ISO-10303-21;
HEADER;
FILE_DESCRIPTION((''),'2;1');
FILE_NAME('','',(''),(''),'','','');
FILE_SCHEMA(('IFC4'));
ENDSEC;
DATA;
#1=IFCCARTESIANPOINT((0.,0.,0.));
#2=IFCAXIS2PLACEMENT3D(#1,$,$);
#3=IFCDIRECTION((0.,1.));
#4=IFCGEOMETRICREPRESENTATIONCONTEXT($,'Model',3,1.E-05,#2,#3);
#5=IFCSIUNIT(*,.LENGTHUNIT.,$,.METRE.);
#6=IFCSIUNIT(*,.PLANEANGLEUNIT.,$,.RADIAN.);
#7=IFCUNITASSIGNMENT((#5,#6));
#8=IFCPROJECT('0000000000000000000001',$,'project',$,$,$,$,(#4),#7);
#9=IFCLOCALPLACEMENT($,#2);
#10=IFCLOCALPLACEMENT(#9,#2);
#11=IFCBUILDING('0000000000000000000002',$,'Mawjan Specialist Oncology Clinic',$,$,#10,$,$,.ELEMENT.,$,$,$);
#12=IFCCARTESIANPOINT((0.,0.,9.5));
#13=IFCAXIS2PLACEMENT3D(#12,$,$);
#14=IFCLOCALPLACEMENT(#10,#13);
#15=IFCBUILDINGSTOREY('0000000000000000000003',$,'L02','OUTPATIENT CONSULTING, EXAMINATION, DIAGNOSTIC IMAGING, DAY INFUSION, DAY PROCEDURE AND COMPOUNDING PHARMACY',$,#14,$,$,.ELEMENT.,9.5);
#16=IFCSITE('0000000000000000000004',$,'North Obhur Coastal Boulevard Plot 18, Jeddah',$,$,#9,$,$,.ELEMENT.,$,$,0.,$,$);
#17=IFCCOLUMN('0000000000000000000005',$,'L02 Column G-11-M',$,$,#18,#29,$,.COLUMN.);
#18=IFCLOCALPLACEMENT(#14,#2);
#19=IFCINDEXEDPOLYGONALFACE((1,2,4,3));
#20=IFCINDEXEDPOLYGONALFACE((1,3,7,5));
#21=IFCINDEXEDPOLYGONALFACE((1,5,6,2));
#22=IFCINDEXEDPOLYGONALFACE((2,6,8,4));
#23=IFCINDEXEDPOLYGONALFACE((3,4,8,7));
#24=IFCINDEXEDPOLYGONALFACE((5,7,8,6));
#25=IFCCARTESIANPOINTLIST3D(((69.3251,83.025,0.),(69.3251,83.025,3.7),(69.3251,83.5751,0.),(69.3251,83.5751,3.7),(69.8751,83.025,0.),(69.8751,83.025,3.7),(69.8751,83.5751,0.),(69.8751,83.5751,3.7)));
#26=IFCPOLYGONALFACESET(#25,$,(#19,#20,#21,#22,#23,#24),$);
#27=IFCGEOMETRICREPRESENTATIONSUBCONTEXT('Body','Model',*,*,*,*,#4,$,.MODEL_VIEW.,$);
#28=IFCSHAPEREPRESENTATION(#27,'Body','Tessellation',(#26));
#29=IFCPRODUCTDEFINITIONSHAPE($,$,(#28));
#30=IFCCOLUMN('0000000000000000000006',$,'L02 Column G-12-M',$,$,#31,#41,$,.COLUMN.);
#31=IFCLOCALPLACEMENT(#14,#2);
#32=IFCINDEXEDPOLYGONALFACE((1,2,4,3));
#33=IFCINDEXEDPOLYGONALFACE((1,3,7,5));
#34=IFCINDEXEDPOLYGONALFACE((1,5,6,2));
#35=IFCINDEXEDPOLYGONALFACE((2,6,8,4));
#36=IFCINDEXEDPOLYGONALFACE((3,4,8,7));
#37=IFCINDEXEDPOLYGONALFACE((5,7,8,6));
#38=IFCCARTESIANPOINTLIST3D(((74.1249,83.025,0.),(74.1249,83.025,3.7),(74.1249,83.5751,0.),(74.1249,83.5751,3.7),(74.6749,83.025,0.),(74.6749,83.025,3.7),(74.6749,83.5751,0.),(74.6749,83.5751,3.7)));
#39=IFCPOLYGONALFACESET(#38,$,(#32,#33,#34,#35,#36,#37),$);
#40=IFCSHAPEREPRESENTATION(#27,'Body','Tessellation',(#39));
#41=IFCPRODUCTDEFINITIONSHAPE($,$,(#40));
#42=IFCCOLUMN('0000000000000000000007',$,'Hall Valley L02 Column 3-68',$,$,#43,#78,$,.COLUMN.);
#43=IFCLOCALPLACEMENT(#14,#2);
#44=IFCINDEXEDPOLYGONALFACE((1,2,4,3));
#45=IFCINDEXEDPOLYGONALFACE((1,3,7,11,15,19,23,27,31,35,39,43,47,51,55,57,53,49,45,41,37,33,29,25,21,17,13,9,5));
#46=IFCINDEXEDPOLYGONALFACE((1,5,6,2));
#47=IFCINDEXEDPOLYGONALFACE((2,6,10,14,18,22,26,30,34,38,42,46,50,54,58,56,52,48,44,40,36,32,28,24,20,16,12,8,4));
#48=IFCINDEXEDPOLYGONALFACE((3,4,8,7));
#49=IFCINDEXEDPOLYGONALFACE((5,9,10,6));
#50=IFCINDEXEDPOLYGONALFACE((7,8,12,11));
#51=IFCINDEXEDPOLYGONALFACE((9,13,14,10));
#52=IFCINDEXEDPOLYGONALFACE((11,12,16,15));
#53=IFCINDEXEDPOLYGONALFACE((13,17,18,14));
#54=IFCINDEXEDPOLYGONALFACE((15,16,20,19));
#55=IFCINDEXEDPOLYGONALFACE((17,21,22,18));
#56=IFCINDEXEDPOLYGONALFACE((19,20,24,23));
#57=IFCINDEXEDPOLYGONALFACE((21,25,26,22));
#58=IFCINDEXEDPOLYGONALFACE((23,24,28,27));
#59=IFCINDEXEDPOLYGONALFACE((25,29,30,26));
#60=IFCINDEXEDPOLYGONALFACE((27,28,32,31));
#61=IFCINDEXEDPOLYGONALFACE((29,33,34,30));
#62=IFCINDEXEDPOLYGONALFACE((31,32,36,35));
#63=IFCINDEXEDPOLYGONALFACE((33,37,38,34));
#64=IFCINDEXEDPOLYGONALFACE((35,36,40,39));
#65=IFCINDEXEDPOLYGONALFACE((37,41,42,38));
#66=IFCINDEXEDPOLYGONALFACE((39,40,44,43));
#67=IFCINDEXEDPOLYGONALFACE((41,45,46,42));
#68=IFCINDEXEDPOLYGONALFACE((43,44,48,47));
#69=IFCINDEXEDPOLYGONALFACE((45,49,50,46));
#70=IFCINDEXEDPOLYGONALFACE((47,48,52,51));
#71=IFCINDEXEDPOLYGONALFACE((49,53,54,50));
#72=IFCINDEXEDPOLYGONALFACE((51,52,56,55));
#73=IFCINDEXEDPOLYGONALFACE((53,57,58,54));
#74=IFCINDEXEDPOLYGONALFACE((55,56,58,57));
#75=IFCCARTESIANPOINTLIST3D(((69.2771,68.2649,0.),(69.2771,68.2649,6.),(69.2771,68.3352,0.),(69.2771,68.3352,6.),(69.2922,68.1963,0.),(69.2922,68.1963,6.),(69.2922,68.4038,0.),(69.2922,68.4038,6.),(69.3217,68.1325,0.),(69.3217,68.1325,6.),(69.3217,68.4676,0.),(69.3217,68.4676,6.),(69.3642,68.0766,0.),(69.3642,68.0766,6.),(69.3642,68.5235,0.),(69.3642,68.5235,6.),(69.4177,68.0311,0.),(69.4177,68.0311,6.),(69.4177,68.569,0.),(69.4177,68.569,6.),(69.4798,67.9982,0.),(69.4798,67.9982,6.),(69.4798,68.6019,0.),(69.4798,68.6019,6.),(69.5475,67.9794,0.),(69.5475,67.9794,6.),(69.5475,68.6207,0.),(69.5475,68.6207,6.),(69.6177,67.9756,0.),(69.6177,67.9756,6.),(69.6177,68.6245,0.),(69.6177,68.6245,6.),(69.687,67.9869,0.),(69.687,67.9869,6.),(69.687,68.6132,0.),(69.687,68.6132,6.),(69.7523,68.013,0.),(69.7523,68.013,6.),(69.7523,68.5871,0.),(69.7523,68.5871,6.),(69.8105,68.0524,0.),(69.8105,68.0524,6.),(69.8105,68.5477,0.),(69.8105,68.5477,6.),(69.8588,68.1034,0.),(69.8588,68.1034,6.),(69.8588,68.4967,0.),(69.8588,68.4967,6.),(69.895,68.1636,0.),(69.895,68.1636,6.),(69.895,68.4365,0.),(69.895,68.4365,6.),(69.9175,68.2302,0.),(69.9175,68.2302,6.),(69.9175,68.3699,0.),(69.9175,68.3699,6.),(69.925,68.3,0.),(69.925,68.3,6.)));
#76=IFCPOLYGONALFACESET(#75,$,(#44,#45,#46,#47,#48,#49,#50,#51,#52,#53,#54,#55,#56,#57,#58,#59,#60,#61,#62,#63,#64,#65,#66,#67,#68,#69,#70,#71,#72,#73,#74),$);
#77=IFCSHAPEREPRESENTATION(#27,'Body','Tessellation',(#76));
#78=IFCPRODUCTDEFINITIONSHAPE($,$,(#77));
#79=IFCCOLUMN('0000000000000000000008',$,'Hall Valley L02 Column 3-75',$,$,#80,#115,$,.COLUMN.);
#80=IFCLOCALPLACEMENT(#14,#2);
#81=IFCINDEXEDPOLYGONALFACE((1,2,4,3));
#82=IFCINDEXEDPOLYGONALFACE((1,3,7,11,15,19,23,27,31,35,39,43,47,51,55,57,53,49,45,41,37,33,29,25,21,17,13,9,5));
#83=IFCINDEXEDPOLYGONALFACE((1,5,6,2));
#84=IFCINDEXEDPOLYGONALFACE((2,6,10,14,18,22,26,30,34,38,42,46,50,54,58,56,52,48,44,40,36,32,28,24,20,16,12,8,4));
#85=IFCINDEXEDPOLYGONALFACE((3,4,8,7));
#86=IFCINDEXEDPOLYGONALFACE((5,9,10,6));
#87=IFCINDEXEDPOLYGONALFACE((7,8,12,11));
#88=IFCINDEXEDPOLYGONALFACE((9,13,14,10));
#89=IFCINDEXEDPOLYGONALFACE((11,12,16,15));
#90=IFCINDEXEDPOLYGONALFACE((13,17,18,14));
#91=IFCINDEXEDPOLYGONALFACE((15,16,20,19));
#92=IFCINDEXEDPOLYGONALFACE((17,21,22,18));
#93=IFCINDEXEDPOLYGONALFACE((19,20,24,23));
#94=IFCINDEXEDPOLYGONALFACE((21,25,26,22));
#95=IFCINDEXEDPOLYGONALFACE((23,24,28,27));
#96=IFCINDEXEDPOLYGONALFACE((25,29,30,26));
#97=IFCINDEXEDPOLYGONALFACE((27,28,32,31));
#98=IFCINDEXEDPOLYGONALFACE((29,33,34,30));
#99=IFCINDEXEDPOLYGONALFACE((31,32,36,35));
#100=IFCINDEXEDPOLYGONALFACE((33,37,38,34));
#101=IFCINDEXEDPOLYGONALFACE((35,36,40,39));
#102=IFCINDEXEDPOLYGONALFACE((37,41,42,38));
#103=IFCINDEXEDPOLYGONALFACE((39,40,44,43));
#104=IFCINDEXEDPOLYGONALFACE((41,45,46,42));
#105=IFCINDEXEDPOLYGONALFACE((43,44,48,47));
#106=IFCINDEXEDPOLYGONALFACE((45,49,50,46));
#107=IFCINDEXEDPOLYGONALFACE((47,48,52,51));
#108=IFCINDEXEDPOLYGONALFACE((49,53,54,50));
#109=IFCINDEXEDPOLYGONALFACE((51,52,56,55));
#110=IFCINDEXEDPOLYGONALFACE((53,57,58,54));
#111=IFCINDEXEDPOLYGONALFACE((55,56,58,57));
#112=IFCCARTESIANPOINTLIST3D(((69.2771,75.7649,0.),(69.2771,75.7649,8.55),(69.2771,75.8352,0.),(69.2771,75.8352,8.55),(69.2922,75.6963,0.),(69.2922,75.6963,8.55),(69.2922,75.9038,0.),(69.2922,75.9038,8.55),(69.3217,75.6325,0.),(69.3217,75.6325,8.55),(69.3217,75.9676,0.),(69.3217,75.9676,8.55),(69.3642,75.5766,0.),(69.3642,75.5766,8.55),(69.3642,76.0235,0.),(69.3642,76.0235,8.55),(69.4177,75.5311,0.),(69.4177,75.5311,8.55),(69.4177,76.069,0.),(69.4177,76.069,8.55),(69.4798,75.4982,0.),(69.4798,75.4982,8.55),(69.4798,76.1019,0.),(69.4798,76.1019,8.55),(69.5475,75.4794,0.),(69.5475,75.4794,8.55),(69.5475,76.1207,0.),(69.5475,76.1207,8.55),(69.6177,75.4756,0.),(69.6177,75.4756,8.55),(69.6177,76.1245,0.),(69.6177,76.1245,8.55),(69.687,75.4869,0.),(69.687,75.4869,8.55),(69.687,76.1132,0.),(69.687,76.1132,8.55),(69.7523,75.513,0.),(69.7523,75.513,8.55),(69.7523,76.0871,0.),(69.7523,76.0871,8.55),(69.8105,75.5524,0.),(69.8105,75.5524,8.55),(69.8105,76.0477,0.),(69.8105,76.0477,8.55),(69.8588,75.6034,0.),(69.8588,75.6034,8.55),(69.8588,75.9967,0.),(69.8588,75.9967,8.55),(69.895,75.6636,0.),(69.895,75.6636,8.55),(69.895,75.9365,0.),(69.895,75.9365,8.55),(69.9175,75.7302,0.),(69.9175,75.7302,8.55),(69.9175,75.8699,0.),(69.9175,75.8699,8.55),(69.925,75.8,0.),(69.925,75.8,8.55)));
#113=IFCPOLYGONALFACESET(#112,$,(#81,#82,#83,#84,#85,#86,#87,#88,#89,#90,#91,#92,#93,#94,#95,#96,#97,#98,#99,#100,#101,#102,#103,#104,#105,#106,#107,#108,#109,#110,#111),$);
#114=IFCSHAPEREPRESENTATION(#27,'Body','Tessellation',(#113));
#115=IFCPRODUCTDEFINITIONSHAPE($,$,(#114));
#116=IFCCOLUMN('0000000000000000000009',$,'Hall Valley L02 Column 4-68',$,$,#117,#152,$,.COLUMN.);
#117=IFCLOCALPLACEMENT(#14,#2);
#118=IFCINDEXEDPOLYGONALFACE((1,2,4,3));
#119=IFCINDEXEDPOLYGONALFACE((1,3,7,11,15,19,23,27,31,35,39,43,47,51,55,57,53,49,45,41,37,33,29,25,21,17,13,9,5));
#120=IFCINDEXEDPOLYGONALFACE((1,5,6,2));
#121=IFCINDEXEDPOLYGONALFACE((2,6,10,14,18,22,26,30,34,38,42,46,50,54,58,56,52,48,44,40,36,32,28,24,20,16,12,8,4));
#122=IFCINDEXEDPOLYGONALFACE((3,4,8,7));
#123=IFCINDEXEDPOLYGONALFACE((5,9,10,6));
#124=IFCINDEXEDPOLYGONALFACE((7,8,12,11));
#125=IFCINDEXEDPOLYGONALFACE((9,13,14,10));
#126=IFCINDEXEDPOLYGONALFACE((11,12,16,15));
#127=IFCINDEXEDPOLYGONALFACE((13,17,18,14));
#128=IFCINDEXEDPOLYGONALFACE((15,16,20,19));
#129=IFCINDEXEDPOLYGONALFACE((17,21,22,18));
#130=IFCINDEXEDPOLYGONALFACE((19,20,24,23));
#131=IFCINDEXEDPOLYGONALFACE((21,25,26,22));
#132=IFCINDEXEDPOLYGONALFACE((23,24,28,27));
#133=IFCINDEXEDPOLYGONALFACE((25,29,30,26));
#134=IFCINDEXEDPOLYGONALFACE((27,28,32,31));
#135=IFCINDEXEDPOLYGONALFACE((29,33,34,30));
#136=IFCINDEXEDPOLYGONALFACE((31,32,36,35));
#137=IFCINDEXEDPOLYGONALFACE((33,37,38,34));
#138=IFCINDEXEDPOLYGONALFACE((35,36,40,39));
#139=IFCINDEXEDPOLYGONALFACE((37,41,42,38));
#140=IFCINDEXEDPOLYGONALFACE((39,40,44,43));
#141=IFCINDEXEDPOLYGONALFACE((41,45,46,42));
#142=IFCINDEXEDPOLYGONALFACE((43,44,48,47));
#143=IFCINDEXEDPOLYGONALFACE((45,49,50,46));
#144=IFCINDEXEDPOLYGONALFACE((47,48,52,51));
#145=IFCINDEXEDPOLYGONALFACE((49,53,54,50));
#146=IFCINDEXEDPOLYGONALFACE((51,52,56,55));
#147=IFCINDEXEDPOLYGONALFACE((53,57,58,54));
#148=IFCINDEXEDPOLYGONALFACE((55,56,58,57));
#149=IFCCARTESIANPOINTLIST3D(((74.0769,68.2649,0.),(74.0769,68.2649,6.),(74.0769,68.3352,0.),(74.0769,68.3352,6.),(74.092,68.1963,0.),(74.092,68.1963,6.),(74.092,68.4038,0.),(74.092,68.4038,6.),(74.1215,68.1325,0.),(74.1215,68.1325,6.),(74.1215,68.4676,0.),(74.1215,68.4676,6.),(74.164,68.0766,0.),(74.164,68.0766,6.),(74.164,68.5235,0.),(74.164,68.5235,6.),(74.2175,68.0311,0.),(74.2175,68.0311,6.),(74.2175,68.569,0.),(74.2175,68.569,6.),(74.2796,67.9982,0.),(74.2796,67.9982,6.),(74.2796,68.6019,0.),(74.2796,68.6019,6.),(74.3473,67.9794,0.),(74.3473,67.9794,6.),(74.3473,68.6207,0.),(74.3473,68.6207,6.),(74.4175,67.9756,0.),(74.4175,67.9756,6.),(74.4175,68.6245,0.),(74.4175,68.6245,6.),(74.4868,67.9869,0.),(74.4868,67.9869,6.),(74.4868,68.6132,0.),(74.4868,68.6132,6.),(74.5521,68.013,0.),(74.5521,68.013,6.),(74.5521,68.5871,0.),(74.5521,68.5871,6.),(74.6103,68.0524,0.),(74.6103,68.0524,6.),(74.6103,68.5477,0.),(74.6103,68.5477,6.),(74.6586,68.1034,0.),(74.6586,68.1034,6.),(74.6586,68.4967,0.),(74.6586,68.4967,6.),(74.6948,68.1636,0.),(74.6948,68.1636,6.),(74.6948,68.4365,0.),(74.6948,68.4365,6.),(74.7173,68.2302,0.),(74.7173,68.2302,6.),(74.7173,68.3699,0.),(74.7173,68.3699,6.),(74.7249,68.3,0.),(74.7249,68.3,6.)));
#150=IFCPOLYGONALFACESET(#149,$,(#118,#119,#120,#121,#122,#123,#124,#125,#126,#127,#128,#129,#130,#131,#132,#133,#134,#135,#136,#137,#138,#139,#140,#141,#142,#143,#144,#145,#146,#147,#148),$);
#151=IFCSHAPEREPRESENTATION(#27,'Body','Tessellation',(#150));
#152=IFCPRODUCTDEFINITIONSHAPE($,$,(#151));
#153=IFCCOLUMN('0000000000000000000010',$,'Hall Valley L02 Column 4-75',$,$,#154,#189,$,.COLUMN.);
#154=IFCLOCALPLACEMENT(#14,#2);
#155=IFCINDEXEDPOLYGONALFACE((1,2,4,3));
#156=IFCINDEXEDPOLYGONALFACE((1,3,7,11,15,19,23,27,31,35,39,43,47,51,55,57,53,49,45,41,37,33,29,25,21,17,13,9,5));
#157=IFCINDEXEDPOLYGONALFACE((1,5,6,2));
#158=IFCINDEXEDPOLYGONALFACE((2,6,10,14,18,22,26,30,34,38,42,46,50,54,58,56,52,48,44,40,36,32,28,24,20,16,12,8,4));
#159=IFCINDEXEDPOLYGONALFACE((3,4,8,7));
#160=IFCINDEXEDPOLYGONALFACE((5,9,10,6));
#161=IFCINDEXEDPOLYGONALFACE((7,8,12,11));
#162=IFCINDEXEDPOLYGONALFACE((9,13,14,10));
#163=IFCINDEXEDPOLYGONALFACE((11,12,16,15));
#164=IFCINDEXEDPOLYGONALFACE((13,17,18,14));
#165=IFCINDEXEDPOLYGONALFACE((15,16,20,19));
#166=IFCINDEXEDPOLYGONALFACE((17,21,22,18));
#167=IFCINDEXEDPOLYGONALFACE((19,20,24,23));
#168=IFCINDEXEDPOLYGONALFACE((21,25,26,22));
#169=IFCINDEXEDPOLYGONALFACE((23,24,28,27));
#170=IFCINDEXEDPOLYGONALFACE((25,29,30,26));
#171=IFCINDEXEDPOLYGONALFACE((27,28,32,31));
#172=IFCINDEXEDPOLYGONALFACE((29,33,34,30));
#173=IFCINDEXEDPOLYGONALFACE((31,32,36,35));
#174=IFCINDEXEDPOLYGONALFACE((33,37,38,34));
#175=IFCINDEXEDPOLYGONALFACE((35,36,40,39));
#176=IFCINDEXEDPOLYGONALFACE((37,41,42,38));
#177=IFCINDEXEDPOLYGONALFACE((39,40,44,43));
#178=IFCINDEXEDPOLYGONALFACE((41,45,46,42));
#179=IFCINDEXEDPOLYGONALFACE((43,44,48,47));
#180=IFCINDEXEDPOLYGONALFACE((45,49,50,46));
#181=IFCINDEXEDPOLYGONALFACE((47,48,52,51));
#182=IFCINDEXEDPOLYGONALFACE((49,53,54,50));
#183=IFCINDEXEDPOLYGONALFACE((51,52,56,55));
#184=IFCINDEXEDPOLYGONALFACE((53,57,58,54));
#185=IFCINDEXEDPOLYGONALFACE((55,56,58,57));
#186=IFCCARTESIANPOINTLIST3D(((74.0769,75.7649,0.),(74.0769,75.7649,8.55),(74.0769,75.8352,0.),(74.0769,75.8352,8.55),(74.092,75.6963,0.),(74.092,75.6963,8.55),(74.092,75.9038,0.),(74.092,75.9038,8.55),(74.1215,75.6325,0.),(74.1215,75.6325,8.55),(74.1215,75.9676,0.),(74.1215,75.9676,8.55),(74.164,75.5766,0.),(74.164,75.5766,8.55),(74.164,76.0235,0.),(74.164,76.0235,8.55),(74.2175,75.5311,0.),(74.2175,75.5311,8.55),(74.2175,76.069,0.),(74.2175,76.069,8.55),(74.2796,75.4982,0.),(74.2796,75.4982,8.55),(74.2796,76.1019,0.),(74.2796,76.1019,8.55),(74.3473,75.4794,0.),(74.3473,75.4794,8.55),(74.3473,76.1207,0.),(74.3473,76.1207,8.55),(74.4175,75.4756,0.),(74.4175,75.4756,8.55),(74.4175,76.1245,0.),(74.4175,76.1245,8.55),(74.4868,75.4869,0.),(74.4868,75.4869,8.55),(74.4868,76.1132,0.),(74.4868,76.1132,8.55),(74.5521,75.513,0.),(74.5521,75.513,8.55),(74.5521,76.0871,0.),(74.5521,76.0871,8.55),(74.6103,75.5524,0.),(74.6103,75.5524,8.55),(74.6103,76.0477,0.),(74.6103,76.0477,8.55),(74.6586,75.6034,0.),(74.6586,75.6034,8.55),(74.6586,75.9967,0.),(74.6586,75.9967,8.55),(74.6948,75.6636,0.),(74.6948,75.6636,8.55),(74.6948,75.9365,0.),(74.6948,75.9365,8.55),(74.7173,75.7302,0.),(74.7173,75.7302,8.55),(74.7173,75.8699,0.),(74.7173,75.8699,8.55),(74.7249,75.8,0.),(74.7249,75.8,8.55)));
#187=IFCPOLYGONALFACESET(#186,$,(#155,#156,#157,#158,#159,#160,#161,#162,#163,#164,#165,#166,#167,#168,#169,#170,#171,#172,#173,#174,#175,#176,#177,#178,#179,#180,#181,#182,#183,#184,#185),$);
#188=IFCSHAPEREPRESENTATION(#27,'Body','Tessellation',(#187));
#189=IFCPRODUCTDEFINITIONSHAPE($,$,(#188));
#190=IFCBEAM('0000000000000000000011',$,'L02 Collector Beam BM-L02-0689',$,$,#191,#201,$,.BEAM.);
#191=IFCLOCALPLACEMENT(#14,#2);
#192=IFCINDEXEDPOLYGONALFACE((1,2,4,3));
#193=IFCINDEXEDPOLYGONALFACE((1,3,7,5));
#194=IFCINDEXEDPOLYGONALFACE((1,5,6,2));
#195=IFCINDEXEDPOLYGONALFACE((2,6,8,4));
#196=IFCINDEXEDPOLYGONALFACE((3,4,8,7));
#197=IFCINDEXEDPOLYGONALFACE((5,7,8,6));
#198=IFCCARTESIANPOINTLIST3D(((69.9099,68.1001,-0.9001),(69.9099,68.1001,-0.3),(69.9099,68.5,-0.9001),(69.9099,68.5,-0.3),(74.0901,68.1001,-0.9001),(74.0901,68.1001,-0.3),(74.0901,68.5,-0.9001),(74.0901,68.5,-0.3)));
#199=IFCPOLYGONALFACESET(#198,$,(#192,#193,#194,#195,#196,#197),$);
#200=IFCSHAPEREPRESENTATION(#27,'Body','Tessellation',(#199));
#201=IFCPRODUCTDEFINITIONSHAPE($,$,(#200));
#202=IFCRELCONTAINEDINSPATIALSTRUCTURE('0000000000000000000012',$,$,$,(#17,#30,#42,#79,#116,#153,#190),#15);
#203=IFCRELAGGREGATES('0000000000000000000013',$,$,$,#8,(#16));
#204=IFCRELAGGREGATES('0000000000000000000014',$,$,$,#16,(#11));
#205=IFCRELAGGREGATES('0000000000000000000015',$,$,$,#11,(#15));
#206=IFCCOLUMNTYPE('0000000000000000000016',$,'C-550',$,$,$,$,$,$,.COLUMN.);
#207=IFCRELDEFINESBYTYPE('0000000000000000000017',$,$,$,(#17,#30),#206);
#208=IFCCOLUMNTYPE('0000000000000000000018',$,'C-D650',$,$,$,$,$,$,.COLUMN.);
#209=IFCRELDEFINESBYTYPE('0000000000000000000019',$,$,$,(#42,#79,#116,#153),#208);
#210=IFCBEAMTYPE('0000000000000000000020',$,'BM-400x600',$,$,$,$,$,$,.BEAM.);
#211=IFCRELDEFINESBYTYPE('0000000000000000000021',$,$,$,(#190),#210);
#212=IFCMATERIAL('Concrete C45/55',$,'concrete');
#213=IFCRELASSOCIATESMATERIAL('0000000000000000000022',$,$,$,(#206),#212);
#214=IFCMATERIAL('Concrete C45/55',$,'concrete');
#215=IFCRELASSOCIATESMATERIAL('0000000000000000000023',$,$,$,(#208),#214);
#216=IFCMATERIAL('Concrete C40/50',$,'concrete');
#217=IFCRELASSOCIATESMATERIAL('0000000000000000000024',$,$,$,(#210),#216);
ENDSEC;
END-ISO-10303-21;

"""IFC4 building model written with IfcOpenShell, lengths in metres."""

from ifc_helpers import new_model, si_unit, direction, frame, origin, origin_2d, place, context, subcontext, project, spatial, rectangle, circle, extrude, material, material_profile, profile_set, type_object, element, save


model = new_model("IFC4")

# Units and contexts
model_context = context("Model", 3, precision=1e-05, world=origin(), true_north=direction((0.0, 1.0)))
body_context = subcontext(model_context, "Body", "Model", "MODEL_VIEW")
ifc_project = project(units=[si_unit("LENGTHUNIT", "METRE"), si_unit("PLANEANGLEUNIT", "RADIAN")], contexts=[model_context])

# Site, building, storey
site_placement = place(None, origin())
site = spatial("IfcSite", under=ifc_project, at=site_placement, Name="North Obhur Coastal Boulevard Plot 18, Jeddah", CompositionType="ELEMENT", RefElevation=0.0)
building_placement = place(site_placement, origin())
building = spatial("IfcBuilding", under=site, at=building_placement, Name="Mawjan Specialist Oncology Clinic", CompositionType="ELEMENT")
storey_placement = place(building_placement, frame((0.0, 0.0, 9.5)))
storey = spatial("IfcBuildingStorey", under=building, at=storey_placement, Name="L02", Description="OUTPATIENT CONSULTING, EXAMINATION, DIAGNOSTIC IMAGING, DAY INFUSION, DAY PROCEDURE AND COMPOUNDING PHARMACY", CompositionType="ELEMENT", Elevation=9.5)

# Columns
ifc_material_1 = material(Name="Concrete C45/55", Category="concrete")
ifc_material_profile_1 = material_profile(ifc_material_1, rectangle(XDim=0.55, YDim=0.55, at=origin_2d()), Name="RC COL 550x550", Category="concrete")
ifc_profile_set_1 = profile_set([ifc_material_profile_1], Name="Concrete C45/55")
column_type_1 = type_object("IfcColumnType", Name="C-550", PredefinedType="COLUMN", material=ifc_profile_set_1)
for number, where, z_axis, x_axis, name in (
    (1, (69.6001, 83.3, 0.0), (0.0, 0.0, 1.0), (1.0, 0.0, 0.0), "L02 Column G-11-M"),
    (2, (74.3999, 83.3, 0.0), (0.0, 0.0, 1.0), (1.0, 0.0, 0.0), "L02 Column G-12-M"),
):
    element("IfcColumn", number, at=place(storey_placement, frame(where, z_axis=z_axis, x_axis=x_axis)), inside=storey, type_object=column_type_1, Name=name, PredefinedType="COLUMN", context=body_context, shape_type="SweptSolid", body=[
        extrude(rectangle(XDim=0.55, YDim=0.55, at=origin_2d()), origin(), (0.0, 0.0, 1.0), 3.7),
    ])
ifc_material_2 = material(Name="Concrete C45/55", Category="concrete")
ifc_material_profile_2 = material_profile(ifc_material_2, circle(Radius=0.325, at=origin_2d()), Name="RC COL D650", Category="concrete")
ifc_profile_set_2 = profile_set([ifc_material_profile_2], Name="Concrete C45/55")
column_type_2 = type_object("IfcColumnType", Name="C-D650", PredefinedType="COLUMN", material=ifc_profile_set_2)
column_1_placement = place(storey_placement, frame((69.6001, 68.3, 0.0), z_axis=(0.0, 0.0, 1.0), x_axis=(1.0, 0.0, 0.0)))
element("IfcColumn", 3, at=column_1_placement, inside=storey, type_object=column_type_2, Name="Hall Valley L02 Column 3-68", PredefinedType="COLUMN", context=body_context, shape_type="SweptSolid", body=[
    extrude(circle(Radius=0.325, at=origin_2d()), origin(), (0.0, 0.0, 1.0), 6.0),
])
column_2_placement = place(storey_placement, frame((69.6001, 75.8, 0.0), z_axis=(0.0, 0.0, 1.0), x_axis=(1.0, 0.0, 0.0)))
element("IfcColumn", 4, at=column_2_placement, inside=storey, type_object=column_type_2, Name="Hall Valley L02 Column 3-75", PredefinedType="COLUMN", context=body_context, shape_type="SweptSolid", body=[
    extrude(circle(Radius=0.325, at=origin_2d()), origin(), (0.0, 0.0, 1.0), 8.55),
])
column_3_placement = place(storey_placement, frame((74.3999, 68.3, 0.0), z_axis=(0.0, 0.0, 1.0), x_axis=(1.0, 0.0, 0.0)))
element("IfcColumn", 5, at=column_3_placement, inside=storey, type_object=column_type_2, Name="Hall Valley L02 Column 4-68", PredefinedType="COLUMN", context=body_context, shape_type="SweptSolid", body=[
    extrude(circle(Radius=0.325, at=origin_2d()), origin(), (0.0, 0.0, 1.0), 6.0),
])
column_4_placement = place(storey_placement, frame((74.3999, 75.8, 0.0), z_axis=(0.0, 0.0, 1.0), x_axis=(1.0, 0.0, 0.0)))
element("IfcColumn", 6, at=column_4_placement, inside=storey, type_object=column_type_2, Name="Hall Valley L02 Column 4-75", PredefinedType="COLUMN", context=body_context, shape_type="SweptSolid", body=[
    extrude(circle(Radius=0.325, at=origin_2d()), origin(), (0.0, 0.0, 1.0), 8.55),
])

# Beam
ifc_material_3 = material(Name="Concrete C40/50", Category="concrete")
ifc_material_profile_3 = material_profile(ifc_material_3, rectangle(XDim=0.3999, YDim=0.6001, at=origin_2d()), Name="RC BM 400x600", Category="concrete")
ifc_profile_set_3 = profile_set([ifc_material_profile_3], Name="Concrete C40/50")
beam_type_1 = type_object("IfcBeamType", Name="BM-400x600", PredefinedType="BEAM", material=ifc_profile_set_3)
beam_1_placement = place(storey_placement, frame((69.9099, 68.3, -0.6001), z_axis=(1.0, 0.0, 0.0), x_axis=(0.0, 1.0, 0.0)))
element("IfcBeam", 7, at=beam_1_placement, inside=storey, type_object=beam_type_1, Name="L02 Collector Beam BM-L02-0689", PredefinedType="BEAM", context=body_context, shape_type="SweptSolid", body=[
    extrude(rectangle(XDim=0.3999, YDim=0.6001, at=origin_2d()), origin(), (0.0, 0.0, 1.0), 4.1802),
])

save(model, "model.ifc")
